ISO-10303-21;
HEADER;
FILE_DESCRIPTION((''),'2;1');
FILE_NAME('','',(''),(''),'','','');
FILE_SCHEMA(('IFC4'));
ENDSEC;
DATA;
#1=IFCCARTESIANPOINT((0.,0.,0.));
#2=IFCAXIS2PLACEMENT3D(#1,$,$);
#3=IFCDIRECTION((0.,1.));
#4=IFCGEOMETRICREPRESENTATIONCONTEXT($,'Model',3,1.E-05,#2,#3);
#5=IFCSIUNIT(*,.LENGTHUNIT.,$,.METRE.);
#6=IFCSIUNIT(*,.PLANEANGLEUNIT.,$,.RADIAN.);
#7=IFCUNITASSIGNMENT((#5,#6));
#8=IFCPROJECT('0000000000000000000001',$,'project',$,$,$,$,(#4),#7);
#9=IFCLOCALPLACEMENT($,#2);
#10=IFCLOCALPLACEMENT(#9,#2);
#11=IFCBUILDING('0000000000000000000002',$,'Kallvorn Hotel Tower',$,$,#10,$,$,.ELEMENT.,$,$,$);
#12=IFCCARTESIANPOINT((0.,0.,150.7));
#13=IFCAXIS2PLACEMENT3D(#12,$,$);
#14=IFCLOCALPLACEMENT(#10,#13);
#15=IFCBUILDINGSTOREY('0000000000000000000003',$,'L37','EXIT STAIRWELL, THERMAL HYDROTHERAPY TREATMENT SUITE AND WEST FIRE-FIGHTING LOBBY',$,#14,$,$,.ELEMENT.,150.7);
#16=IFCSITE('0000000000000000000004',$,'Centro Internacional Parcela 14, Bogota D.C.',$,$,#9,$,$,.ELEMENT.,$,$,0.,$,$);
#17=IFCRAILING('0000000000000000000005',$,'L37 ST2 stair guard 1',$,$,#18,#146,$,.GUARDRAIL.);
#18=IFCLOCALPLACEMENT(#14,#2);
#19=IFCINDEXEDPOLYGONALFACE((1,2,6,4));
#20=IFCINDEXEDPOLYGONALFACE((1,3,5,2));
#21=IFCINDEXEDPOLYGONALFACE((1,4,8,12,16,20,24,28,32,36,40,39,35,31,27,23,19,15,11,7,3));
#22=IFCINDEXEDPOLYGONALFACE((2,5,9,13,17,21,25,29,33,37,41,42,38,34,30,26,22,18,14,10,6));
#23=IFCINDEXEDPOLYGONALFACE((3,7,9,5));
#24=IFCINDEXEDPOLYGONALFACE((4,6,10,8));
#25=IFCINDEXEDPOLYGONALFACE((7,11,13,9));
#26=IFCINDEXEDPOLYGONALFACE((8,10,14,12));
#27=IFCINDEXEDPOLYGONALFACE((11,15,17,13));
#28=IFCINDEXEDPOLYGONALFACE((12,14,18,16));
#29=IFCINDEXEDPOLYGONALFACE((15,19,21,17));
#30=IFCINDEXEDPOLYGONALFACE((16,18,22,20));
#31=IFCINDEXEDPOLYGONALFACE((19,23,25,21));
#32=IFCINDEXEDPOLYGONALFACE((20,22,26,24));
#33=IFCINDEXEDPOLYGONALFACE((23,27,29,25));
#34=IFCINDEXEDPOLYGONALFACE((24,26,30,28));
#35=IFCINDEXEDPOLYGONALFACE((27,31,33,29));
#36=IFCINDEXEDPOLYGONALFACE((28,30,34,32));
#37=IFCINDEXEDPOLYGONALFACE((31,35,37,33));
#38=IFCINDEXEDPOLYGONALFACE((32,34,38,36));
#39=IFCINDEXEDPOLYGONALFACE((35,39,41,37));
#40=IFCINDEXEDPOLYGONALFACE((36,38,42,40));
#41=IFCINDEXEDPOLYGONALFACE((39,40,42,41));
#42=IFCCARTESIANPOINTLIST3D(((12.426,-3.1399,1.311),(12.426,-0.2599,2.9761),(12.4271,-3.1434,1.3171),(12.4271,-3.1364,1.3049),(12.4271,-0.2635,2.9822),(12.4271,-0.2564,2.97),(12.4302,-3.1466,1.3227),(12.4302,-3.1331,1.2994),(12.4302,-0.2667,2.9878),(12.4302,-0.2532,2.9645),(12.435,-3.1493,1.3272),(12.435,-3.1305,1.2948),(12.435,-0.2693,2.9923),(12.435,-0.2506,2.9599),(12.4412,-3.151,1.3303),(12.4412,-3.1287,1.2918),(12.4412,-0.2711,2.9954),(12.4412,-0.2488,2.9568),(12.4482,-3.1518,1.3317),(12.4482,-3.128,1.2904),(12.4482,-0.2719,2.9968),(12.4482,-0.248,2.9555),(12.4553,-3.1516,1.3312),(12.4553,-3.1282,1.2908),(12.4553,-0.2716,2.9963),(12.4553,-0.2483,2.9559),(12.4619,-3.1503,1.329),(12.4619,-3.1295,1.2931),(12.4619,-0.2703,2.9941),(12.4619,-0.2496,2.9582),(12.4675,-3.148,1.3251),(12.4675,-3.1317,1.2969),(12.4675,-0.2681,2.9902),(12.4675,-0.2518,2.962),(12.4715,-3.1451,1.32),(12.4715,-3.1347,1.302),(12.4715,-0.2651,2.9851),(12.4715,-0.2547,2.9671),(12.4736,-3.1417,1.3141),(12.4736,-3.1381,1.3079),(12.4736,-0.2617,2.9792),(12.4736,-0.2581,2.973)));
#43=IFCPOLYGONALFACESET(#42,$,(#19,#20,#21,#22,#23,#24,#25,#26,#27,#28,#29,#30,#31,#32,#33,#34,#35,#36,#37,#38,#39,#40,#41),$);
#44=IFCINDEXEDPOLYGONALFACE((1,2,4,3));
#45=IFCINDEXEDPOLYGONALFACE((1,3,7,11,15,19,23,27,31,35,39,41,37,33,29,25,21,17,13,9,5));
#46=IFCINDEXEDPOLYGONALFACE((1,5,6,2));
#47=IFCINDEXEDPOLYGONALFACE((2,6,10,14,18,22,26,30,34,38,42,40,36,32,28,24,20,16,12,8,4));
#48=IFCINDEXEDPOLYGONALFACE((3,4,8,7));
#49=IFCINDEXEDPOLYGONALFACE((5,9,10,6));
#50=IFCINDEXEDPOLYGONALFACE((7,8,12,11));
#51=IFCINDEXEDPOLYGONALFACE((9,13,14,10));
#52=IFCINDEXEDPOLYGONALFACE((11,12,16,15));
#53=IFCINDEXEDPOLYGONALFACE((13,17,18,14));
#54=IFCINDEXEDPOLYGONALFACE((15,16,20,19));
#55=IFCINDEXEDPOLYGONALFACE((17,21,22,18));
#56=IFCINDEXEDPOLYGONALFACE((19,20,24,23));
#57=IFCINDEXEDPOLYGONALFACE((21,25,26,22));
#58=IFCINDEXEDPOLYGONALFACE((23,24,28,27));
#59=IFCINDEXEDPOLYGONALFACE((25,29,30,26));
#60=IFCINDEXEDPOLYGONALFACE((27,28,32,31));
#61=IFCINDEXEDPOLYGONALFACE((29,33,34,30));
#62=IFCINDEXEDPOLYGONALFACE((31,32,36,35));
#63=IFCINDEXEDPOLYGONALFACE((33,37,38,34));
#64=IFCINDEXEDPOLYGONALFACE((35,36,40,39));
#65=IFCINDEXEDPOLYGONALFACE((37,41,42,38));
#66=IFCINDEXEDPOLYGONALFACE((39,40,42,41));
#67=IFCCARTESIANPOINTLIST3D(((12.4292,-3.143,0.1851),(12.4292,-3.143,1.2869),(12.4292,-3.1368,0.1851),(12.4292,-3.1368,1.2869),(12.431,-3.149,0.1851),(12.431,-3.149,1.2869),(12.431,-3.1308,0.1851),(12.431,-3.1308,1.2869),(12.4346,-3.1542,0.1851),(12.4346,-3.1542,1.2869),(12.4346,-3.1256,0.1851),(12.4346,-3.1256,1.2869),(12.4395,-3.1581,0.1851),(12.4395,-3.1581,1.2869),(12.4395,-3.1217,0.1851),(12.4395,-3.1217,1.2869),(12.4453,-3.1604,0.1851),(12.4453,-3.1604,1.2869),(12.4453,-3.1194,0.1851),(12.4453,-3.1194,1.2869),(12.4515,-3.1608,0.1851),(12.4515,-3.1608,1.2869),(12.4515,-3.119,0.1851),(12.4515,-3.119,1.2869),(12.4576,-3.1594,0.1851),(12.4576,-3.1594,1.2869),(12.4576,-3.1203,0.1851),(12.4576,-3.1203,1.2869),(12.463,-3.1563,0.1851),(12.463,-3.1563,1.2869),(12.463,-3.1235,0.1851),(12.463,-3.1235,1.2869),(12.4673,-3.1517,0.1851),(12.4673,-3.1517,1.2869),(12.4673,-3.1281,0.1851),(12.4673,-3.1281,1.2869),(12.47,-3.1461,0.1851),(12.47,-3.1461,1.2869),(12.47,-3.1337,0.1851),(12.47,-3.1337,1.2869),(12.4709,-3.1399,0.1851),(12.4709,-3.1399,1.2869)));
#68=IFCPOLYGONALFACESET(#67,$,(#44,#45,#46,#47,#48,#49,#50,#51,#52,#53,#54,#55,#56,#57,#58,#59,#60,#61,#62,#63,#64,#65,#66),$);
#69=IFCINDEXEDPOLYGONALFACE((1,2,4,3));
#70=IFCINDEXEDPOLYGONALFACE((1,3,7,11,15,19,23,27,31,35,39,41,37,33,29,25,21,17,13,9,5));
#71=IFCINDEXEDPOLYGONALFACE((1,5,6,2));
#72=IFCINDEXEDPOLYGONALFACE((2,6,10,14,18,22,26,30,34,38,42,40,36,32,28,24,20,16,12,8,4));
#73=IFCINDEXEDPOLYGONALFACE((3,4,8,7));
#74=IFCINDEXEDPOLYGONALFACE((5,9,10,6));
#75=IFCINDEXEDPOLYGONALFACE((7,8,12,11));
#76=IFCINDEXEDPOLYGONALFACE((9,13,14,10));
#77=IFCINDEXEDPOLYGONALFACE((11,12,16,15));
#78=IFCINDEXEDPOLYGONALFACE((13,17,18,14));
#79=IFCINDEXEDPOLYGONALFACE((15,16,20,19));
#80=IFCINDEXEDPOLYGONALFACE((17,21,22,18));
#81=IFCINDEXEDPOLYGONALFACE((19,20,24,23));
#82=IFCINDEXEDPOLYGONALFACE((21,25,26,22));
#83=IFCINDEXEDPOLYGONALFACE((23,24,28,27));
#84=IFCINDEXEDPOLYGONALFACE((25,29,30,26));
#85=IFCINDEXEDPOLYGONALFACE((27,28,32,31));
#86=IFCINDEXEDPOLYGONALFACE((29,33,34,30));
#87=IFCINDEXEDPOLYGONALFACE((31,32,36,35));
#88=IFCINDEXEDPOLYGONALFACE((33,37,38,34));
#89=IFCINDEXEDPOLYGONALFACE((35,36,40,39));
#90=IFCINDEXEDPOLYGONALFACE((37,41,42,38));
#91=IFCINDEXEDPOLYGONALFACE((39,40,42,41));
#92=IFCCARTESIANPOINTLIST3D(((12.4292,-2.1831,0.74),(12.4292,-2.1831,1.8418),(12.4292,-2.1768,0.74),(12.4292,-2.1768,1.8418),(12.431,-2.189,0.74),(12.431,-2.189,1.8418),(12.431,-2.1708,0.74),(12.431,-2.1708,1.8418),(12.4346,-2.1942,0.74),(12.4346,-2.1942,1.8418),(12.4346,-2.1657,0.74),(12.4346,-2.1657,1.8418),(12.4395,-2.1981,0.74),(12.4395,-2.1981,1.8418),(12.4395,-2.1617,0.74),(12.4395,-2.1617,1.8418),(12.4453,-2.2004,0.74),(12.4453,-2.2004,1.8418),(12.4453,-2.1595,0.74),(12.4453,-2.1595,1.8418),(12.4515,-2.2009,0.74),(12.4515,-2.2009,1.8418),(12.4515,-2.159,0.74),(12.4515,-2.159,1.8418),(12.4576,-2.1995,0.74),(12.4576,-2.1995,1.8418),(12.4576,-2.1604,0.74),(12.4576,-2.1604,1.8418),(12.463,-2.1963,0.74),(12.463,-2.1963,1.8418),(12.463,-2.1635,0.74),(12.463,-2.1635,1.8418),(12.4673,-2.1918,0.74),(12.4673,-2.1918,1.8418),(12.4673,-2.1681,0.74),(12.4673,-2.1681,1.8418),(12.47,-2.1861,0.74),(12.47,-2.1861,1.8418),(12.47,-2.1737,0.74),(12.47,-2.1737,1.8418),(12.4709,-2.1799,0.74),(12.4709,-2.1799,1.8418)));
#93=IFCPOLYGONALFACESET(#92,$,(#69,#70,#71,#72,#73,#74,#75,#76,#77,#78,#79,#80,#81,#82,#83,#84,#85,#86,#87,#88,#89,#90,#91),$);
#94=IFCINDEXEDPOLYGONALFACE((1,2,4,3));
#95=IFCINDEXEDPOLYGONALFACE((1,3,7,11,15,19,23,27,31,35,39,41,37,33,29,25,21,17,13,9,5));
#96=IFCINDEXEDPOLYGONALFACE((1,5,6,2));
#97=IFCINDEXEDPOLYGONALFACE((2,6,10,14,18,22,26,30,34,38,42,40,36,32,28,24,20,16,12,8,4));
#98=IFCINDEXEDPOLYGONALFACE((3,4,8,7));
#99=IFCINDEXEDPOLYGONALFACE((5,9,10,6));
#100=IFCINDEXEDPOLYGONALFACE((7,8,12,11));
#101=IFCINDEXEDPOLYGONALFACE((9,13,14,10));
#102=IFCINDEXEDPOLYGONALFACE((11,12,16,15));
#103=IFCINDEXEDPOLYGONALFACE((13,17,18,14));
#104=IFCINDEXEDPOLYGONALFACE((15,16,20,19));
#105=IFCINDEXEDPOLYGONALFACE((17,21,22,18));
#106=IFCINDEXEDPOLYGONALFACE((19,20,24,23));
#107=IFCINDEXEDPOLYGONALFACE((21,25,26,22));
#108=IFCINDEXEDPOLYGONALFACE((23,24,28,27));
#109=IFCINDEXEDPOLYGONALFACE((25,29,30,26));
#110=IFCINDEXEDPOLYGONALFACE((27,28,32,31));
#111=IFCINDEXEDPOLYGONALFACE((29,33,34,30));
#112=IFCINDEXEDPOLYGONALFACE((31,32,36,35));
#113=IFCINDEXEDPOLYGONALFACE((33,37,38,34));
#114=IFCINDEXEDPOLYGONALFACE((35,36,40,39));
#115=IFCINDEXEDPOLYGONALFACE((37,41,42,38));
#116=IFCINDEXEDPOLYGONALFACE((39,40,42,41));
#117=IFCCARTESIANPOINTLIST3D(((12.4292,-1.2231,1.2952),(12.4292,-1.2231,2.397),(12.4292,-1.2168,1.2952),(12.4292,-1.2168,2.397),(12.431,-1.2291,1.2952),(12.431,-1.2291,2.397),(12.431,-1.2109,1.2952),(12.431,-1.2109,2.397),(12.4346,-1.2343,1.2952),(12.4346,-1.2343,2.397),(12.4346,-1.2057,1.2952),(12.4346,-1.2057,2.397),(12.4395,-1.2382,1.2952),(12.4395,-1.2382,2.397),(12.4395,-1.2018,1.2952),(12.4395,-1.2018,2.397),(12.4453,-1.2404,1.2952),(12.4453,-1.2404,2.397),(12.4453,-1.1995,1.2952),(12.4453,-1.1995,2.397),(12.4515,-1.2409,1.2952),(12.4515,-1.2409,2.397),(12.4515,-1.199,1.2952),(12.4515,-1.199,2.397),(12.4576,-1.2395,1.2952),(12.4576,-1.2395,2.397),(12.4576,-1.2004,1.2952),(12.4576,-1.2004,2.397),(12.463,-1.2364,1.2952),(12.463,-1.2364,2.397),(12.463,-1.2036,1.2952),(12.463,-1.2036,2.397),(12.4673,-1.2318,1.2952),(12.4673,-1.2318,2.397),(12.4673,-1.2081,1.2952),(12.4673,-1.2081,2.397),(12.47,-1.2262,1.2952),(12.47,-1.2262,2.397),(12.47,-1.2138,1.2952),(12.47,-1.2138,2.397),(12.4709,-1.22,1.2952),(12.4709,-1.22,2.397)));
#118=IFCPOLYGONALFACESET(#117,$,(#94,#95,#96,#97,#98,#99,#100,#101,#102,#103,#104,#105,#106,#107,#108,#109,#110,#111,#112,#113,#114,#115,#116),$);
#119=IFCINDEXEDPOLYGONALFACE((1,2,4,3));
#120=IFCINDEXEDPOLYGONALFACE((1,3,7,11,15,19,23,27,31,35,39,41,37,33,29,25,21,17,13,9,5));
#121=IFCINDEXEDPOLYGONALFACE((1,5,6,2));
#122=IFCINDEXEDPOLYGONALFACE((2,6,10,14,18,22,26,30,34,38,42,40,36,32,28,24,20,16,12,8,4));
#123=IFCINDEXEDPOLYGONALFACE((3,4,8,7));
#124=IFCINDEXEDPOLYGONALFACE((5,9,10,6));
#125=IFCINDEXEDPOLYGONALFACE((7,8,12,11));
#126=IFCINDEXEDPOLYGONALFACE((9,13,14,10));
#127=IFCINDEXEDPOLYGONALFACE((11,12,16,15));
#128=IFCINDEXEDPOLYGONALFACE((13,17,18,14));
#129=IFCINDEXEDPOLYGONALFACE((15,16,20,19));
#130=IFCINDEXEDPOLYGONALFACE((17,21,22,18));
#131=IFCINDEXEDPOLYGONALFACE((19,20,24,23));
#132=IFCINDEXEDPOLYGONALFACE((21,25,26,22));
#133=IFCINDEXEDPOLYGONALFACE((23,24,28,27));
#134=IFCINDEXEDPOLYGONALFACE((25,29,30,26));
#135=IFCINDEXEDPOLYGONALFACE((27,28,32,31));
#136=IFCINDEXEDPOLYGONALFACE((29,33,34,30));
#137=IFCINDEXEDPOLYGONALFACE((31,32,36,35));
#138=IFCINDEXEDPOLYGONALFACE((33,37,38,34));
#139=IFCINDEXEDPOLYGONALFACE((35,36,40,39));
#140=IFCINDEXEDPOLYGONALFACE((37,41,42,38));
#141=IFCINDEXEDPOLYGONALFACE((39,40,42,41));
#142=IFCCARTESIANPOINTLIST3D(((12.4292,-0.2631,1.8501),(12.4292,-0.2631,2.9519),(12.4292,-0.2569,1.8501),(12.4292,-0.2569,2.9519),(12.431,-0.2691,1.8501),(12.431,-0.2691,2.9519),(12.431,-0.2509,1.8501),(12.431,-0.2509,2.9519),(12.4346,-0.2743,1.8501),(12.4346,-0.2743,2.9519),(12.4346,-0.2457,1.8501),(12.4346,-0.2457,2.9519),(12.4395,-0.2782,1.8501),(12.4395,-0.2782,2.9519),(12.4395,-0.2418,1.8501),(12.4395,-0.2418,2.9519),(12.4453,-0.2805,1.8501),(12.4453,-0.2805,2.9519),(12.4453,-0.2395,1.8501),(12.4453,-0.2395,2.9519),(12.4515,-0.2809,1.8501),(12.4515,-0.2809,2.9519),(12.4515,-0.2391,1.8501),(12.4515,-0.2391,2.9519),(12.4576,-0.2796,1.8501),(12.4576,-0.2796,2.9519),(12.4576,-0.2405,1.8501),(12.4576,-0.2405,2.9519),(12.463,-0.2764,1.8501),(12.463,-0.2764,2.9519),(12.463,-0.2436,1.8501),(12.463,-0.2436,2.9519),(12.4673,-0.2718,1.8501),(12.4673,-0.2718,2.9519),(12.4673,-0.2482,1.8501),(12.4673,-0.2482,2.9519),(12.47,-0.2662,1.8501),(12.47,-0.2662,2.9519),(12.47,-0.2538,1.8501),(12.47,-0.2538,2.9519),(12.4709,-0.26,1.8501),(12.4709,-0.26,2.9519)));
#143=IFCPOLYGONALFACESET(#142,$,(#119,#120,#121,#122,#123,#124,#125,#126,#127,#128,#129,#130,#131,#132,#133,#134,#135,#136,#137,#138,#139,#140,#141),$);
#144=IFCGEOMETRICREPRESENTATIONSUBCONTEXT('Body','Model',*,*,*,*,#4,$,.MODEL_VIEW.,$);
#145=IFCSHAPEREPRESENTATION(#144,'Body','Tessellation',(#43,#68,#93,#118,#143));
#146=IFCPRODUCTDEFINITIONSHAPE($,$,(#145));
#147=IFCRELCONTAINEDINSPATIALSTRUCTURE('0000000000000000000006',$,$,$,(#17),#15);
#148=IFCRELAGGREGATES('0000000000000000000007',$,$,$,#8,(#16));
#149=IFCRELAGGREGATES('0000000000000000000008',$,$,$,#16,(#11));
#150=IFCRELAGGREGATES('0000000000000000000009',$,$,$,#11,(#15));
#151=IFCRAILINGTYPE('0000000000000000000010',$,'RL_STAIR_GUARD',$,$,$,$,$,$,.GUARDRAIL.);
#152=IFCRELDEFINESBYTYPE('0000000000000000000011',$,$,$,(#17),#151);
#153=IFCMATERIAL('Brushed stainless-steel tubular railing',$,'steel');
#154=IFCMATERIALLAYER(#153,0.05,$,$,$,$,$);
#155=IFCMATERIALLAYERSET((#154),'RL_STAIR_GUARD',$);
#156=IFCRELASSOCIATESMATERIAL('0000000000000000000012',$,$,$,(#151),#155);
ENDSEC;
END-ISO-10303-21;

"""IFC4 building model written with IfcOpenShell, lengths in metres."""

from ifc_helpers import new_model, si_unit, direction, frame, origin, origin_2d, place, context, subcontext, project, spatial, circle, extrude, material, layer, layer_set, type_object, element, save


model = new_model("IFC4")

# Units and contexts
model_context = context("Model", 3, precision=1e-05, world=origin(), true_north=direction((0.0, 1.0)))
body_context = subcontext(model_context, "Body", "Model", "MODEL_VIEW")
ifc_project = project(units=[si_unit("LENGTHUNIT", "METRE"), si_unit("PLANEANGLEUNIT", "RADIAN")], contexts=[model_context])

# Site, building, storey
site_placement = place(None, origin())
site = spatial("IfcSite", under=ifc_project, at=site_placement, Name="Centro Internacional Parcela 14, Bogota D.C.", CompositionType="ELEMENT", RefElevation=0.0)
building_placement = place(site_placement, origin())
building = spatial("IfcBuilding", under=site, at=building_placement, Name="Kallvorn Hotel Tower", CompositionType="ELEMENT")
storey_placement = place(building_placement, frame((0.0, 0.0, 150.7)))
storey = spatial("IfcBuildingStorey", under=building, at=storey_placement, Name="L37", Description="EXIT STAIRWELL, THERMAL HYDROTHERAPY TREATMENT SUITE AND WEST FIRE-FIGHTING LOBBY", CompositionType="ELEMENT", Elevation=150.7)

# Railing
ifc_material_1 = material(Name="Brushed stainless-steel tubular railing", Category="steel")
ifc_layer_1 = layer(ifc_material_1, 0.05)
ifc_layer_set_1 = layer_set([ifc_layer_1], Name="RL_STAIR_GUARD")
railing_type_1 = type_object("IfcRailingType", Name="RL_STAIR_GUARD", PredefinedType="GUARDRAIL", material=ifc_layer_set_1)
railing_1_placement = place(storey_placement, frame((12.45, -3.1399, 0.1851)))
element("IfcRailing", 1, at=railing_1_placement, inside=storey, type_object=railing_type_1, Name="L37 ST2 stair guard 1", PredefinedType="GUARDRAIL", context=body_context, shape_type="SweptSolid", body=[
    extrude(circle(Radius=0.0239, at=origin_2d()), frame((0.0, 0.0, 1.126), z_axis=(0.0, 0.865721, 0.500527), x_axis=(-1.0, 0.0, 0.0)), (0.0, 0.0, 1.0), 3.3267),
    extrude(circle(Radius=0.021, at=origin_2d()), origin(), (0.0, 0.0, 1.0), 1.1018),
    extrude(circle(Radius=0.021, at=origin_2d()), frame((0.0, 0.96, 0.5549)), (0.0, 0.0, 1.0), 1.1018),
    extrude(circle(Radius=0.021, at=origin_2d()), frame((0.0, 1.9199, 1.1101)), (0.0, 0.0, 1.0), 1.1018),
    extrude(circle(Radius=0.021, at=origin_2d()), frame((0.0, 2.8799, 1.665)), (0.0, 0.0, 1.0), 1.1018),
])

save(model, "model.ifc")
